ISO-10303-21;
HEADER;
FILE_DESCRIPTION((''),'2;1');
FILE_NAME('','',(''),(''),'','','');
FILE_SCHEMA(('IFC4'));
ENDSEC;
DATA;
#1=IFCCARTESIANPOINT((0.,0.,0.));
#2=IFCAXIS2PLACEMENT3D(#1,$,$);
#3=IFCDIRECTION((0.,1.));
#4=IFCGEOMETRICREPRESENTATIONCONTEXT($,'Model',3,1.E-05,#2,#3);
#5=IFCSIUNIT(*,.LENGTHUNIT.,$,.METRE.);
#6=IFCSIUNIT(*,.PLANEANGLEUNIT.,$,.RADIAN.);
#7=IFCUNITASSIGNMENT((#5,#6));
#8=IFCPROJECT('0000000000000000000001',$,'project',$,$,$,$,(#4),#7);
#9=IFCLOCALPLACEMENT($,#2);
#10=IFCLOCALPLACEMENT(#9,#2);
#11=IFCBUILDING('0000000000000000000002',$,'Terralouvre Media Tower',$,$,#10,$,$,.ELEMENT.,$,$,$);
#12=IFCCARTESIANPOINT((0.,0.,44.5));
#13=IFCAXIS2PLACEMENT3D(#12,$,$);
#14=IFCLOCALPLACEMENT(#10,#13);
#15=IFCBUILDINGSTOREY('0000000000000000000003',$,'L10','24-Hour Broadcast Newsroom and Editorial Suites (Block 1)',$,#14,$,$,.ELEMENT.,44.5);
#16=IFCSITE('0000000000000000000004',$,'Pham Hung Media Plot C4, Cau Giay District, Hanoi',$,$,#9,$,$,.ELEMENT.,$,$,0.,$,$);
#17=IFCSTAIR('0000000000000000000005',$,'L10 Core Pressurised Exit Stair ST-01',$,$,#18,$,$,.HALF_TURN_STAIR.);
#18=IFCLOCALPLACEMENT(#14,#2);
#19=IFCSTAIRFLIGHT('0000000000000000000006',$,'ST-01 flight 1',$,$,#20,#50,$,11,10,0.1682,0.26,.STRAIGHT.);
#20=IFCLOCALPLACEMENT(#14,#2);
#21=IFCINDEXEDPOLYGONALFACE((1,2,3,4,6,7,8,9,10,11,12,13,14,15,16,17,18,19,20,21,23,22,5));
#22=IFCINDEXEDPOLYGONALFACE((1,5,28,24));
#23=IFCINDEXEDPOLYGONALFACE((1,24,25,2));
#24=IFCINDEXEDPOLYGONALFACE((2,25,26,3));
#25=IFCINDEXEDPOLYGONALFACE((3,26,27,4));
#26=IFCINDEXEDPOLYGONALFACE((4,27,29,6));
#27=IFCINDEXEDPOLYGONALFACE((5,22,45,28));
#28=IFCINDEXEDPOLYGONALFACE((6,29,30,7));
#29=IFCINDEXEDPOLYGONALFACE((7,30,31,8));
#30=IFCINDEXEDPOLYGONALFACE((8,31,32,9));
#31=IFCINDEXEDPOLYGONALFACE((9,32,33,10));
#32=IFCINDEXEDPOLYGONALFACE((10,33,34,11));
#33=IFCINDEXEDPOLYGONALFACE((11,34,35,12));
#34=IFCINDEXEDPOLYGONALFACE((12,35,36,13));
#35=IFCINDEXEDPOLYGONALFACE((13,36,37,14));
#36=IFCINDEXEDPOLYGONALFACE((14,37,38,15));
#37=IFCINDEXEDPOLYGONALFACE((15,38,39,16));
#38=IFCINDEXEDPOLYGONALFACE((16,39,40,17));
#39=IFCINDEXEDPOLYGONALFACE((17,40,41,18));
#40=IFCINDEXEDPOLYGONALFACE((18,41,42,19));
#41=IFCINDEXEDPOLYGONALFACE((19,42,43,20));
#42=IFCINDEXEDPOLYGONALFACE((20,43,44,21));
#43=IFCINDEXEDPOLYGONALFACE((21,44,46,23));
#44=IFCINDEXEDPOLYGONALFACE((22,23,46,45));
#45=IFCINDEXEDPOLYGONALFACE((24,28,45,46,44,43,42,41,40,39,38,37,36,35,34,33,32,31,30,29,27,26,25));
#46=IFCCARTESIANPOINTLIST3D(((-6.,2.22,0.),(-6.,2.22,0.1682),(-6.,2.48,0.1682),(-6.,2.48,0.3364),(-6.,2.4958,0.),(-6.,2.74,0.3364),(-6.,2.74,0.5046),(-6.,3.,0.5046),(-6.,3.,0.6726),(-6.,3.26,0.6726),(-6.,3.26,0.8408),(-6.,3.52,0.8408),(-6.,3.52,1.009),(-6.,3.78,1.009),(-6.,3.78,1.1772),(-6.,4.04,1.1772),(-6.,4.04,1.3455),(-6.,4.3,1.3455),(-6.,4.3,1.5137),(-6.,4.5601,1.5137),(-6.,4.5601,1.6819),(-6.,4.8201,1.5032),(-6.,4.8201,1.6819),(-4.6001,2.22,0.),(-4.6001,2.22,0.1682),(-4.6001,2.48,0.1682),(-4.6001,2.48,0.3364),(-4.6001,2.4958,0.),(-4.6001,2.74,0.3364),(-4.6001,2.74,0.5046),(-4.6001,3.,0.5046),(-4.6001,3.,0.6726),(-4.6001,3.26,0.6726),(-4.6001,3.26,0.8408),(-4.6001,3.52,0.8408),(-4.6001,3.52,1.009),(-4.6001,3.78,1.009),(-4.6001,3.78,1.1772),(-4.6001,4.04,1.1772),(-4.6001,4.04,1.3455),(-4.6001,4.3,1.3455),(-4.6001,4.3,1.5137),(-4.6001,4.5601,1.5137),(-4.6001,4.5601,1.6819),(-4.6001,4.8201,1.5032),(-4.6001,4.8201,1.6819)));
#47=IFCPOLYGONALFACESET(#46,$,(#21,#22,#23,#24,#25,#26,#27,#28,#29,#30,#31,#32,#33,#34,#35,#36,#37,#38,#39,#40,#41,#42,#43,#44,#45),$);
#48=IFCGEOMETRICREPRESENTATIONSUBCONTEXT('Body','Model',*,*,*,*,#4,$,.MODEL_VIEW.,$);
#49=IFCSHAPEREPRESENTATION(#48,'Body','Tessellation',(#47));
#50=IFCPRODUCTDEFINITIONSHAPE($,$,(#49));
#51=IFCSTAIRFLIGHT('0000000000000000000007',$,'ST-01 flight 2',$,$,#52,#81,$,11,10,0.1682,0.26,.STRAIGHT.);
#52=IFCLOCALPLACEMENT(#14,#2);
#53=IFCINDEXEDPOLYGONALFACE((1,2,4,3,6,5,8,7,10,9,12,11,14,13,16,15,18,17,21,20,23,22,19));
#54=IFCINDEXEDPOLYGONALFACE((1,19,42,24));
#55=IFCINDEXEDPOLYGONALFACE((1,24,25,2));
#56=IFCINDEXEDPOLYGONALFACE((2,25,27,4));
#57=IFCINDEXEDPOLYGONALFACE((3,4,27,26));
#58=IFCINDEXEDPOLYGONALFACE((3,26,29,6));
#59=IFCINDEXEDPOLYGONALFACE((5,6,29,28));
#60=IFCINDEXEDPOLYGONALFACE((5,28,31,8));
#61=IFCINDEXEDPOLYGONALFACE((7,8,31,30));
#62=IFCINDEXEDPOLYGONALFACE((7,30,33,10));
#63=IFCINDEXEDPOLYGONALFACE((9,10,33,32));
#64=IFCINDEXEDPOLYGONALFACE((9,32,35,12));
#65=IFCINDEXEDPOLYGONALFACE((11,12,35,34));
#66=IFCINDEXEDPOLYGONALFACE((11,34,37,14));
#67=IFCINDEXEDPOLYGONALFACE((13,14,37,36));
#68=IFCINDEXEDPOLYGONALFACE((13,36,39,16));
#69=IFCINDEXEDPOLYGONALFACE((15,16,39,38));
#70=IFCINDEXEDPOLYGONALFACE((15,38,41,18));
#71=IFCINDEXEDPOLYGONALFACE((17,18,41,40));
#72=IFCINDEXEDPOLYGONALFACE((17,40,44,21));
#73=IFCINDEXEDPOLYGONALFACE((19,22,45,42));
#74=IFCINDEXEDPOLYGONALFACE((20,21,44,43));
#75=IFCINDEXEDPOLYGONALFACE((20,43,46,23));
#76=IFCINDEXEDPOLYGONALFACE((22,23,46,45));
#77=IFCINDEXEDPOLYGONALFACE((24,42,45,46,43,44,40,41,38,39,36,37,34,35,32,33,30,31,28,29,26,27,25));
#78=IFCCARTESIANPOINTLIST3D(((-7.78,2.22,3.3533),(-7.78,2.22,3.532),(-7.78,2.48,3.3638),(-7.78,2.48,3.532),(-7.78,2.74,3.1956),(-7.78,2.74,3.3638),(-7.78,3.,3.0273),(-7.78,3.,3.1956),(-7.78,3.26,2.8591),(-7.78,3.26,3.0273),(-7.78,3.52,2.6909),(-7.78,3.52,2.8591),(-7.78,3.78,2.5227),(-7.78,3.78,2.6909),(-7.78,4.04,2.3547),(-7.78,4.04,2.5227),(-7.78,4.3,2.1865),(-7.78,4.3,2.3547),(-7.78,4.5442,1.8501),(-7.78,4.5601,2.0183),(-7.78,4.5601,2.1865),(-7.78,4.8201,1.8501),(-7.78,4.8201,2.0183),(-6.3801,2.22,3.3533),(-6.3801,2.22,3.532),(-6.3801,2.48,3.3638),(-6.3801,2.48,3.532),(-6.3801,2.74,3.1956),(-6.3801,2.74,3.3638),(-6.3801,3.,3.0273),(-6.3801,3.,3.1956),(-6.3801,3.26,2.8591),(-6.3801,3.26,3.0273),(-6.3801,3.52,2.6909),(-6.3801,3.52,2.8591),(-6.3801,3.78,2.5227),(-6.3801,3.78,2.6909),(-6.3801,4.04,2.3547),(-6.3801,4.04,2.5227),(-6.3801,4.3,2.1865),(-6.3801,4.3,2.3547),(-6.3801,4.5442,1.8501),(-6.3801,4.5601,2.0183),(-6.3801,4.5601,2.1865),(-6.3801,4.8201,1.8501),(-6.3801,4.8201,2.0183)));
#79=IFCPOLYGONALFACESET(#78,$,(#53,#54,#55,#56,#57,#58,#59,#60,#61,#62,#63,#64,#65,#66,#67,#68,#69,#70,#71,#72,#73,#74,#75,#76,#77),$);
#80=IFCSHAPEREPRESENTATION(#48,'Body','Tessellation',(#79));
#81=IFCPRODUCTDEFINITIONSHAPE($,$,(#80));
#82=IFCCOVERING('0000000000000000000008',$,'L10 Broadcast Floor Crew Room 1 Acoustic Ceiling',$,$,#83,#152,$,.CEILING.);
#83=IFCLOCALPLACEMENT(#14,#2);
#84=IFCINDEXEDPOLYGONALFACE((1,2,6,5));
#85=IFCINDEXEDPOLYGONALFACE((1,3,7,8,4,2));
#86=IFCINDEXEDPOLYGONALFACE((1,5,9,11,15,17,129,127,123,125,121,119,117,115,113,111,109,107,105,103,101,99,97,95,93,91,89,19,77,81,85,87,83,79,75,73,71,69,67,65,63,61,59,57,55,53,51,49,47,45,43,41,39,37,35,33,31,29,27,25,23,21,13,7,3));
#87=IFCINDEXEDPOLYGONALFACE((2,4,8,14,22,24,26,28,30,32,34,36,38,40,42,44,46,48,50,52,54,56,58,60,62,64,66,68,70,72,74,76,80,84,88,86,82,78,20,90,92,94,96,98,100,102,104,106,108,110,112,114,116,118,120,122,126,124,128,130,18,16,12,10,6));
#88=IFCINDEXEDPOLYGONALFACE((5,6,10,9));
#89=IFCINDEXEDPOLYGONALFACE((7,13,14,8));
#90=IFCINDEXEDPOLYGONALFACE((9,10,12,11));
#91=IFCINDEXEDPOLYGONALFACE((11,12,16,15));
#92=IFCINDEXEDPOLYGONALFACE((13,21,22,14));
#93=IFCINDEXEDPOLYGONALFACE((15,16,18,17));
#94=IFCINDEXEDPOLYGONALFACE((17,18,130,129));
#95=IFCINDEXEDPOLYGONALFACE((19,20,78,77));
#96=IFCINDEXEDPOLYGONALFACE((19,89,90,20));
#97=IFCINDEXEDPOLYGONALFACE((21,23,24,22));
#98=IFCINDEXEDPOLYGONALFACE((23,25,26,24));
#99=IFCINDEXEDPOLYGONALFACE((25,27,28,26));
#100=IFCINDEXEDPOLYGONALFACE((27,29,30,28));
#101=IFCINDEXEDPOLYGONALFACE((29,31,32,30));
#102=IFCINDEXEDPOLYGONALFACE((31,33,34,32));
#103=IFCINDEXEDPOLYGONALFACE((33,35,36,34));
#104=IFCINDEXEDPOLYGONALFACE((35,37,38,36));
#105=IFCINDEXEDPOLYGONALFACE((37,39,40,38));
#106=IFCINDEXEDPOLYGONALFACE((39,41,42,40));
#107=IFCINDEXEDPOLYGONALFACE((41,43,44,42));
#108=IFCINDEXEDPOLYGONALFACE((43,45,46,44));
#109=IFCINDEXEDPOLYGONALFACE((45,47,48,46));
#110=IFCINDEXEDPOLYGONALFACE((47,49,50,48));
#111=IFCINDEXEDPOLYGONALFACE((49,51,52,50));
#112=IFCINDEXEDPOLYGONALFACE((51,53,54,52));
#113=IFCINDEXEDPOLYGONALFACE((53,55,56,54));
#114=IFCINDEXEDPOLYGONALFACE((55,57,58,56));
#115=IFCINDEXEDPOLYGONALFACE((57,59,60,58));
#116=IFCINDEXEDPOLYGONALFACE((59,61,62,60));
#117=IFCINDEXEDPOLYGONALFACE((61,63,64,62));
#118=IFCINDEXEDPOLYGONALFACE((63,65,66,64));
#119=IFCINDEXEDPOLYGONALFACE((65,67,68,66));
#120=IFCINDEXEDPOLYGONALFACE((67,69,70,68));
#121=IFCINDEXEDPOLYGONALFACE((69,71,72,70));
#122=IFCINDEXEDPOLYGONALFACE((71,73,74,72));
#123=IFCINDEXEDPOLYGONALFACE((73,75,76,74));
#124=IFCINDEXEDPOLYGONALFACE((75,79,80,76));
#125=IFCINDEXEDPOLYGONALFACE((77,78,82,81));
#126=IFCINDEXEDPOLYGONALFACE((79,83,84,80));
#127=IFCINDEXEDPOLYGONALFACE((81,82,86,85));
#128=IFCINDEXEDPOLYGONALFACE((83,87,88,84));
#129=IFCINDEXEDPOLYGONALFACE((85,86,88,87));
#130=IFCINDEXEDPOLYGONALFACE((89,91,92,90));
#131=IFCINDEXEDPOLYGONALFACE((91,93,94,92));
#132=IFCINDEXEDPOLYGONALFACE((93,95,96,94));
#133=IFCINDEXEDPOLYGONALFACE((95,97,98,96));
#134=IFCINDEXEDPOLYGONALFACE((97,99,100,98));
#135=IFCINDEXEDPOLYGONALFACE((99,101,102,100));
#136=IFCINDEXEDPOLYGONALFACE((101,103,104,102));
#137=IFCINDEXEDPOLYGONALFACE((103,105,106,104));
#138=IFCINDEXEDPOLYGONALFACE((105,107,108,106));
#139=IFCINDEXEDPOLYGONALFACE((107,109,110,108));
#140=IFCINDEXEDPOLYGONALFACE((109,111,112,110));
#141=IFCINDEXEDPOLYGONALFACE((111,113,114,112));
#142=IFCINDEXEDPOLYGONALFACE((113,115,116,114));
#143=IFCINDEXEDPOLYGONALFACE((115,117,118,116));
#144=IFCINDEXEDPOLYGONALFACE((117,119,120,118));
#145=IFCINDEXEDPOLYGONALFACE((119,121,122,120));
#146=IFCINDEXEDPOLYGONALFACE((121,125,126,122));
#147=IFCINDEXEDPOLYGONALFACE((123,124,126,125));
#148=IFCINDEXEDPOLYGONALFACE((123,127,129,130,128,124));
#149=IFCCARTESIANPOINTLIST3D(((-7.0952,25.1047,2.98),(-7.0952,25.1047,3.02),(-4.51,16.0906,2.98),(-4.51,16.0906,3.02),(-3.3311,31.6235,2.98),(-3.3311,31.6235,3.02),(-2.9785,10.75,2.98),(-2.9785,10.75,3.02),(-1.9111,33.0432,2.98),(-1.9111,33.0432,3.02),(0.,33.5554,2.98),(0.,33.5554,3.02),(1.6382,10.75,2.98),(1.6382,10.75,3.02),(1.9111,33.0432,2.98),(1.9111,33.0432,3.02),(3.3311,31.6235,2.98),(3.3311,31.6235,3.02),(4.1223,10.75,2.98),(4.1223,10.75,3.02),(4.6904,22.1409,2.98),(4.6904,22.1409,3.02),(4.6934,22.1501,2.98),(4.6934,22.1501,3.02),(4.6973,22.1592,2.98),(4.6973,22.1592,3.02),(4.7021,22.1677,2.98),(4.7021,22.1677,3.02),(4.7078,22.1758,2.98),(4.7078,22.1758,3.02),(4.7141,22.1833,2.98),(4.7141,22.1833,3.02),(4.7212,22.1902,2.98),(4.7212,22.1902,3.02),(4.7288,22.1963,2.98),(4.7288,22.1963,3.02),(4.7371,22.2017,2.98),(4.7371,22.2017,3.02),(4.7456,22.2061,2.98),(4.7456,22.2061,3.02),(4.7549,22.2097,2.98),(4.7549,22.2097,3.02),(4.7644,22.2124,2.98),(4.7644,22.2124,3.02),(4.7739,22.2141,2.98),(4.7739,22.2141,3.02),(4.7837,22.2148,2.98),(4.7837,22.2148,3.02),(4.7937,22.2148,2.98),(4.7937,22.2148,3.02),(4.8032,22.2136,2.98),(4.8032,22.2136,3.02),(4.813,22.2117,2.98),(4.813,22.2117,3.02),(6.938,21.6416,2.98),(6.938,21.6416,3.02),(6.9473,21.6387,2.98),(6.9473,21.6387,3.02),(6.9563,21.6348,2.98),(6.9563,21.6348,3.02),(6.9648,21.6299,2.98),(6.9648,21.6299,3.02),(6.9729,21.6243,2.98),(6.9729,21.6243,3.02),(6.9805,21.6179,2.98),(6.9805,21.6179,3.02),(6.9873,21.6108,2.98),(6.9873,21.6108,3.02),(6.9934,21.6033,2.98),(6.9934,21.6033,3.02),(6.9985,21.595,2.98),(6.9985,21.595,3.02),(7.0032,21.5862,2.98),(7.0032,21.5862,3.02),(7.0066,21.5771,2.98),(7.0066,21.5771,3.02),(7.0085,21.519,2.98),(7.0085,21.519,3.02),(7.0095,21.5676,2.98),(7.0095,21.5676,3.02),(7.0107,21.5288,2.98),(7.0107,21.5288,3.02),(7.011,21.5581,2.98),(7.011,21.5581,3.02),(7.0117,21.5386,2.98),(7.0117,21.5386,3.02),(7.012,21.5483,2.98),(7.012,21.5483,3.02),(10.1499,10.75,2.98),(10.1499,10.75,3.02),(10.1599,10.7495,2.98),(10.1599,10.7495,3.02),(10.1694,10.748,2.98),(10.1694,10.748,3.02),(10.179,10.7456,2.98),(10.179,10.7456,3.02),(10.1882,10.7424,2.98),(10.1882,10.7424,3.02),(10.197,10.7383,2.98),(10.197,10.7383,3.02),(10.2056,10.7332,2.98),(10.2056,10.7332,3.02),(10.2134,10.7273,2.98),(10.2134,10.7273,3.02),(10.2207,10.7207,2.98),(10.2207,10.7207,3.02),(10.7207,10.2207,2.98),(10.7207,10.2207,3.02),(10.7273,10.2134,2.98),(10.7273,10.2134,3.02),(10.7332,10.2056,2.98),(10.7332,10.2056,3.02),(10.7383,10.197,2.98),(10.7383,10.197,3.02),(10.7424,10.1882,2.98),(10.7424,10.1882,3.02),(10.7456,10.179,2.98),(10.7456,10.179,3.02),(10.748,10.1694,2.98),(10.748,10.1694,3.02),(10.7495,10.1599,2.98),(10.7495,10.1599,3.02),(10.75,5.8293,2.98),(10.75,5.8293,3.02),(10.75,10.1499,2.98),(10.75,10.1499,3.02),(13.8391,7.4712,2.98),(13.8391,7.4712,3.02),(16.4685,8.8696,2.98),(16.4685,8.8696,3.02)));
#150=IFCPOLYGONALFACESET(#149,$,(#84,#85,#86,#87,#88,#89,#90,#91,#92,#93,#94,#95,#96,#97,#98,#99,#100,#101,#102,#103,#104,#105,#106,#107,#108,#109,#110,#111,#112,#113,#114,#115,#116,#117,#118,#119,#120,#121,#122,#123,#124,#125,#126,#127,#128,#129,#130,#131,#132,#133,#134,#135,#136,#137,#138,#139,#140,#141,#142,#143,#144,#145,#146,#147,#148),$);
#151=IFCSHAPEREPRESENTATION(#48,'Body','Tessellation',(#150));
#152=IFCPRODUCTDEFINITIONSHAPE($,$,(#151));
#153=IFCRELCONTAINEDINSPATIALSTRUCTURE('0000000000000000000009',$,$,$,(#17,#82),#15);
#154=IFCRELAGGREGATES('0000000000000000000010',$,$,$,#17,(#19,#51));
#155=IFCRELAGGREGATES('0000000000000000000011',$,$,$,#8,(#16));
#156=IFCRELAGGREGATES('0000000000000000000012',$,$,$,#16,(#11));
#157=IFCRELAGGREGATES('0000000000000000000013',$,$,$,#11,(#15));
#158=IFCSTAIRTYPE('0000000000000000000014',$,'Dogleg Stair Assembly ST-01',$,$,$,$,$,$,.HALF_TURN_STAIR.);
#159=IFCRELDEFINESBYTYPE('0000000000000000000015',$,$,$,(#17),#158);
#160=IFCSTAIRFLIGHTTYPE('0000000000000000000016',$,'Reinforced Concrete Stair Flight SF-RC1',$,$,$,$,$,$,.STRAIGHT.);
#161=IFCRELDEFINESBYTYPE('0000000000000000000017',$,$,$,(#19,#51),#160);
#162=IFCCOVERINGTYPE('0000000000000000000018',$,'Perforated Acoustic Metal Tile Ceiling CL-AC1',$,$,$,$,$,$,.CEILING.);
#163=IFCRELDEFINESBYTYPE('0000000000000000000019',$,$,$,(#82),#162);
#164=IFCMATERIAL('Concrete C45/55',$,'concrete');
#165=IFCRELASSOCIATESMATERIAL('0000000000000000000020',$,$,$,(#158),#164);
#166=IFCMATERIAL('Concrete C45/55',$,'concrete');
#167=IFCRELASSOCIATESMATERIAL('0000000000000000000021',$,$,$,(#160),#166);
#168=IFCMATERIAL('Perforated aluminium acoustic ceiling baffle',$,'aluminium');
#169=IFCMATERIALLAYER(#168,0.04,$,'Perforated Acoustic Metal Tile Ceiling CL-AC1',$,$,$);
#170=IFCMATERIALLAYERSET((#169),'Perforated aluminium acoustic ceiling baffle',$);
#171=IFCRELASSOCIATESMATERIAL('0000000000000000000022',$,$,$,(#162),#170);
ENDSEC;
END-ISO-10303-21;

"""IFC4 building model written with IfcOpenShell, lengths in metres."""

from ifc_helpers import new_model, si_unit, direction, frame, origin, place, context, subcontext, project, spatial, polyline, outline, extrude, material, layer, layer_set, type_object, element, aggregate, save


model = new_model("IFC4")

# Units and contexts
model_context = context("Model", 3, precision=1e-05, world=origin(), true_north=direction((0.0, 1.0)))
body_context = subcontext(model_context, "Body", "Model", "MODEL_VIEW")
ifc_project = project(units=[si_unit("LENGTHUNIT", "METRE"), si_unit("PLANEANGLEUNIT", "RADIAN")], contexts=[model_context])

# Site, building, storey
site_placement = place(None, origin())
site = spatial("IfcSite", under=ifc_project, at=site_placement, Name="Pham Hung Media Plot C4, Cau Giay District, Hanoi", CompositionType="ELEMENT", RefElevation=0.0)
building_placement = place(site_placement, origin())
building = spatial("IfcBuilding", under=site, at=building_placement, Name="Terralouvre Media Tower", CompositionType="ELEMENT")
storey_placement = place(building_placement, frame((0.0, 0.0, 44.5)))
storey = spatial("IfcBuildingStorey", under=building, at=storey_placement, Name="L10", Description="24-Hour Broadcast Newsroom and Editorial Suites (Block 1)", CompositionType="ELEMENT", Elevation=44.5)

# Stair, stair flights
ifc_material_1 = material(Name="Concrete C45/55", Category="concrete")
stair_type = type_object("IfcStairType", Name="Dogleg Stair Assembly ST-01", PredefinedType="HALF_TURN_STAIR", material=ifc_material_1)
stair_placement = place(storey_placement, origin())
stair = element("IfcStair", 1, at=stair_placement, inside=storey, type_object=stair_type, Name="L10 Core Pressurised Exit Stair ST-01", PredefinedType="HALF_TURN_STAIR")
ifc_material_2 = material(Name="Concrete C45/55", Category="concrete")
stair_flight_type = type_object("IfcStairFlightType", Name="Reinforced Concrete Stair Flight SF-RC1", PredefinedType="STRAIGHT", material=ifc_material_2)
stair_flight_1_placement = place(storey_placement, frame((-5.3, 2.22, 0.0), z_axis=(0.0, 0.0, 1.0), x_axis=(0.0, 1.0, 0.0)))
stair_flight_1 = element("IfcStairFlight", 2, at=stair_flight_1_placement, type_object=stair_flight_type, Name="ST-01 flight 1", NumberOfRisers=11, NumberOfTreads=10, PredefinedType="STRAIGHT", RiserHeight=0.1682, TreadLength=0.26, context=body_context, shape_type="SweptSolid", body=[
    extrude(outline(polyline([(0.0, 0.0), (0.0, 0.1682), (0.26, 0.1682), (0.26, 0.3364), (0.52, 0.3364), (0.52, 0.5046), (0.78, 0.5046), (0.78, 0.6726), (1.04, 0.6726), (1.04, 0.8408), (1.3, 0.8408), (1.3, 1.009), (1.5601, 1.009), (1.5601, 1.1772), (1.8201, 1.1772), (1.8201, 1.3455), (2.0801, 1.3455), (2.0801, 1.5137), (2.3401, 1.5137), (2.3401, 1.6819), (2.6001, 1.6819), (2.6001, 1.8501), (2.6001, 1.5032), (0.2759, 0.0), (0.0, 0.0)])), frame((0.0, 0.7, 0.0), z_axis=(0.0, -1.0, 0.0), x_axis=(1.0, 0.0, 0.0)), (0.0, 0.0, 1.0), 1.3999),
])
stair_flight_2_placement = place(storey_placement, frame((-7.0801, 4.8201, 1.8501), z_axis=(0.0, 0.0, 1.0), x_axis=(0.0, -1.0, 0.0)))
stair_flight_2 = element("IfcStairFlight", 3, at=stair_flight_2_placement, type_object=stair_flight_type, Name="ST-01 flight 2", NumberOfRisers=11, NumberOfTreads=10, PredefinedType="STRAIGHT", RiserHeight=0.1682, TreadLength=0.26, context=body_context, shape_type="SweptSolid", body=[
    extrude(outline(polyline([(0.0, 0.0), (0.0, 0.1682), (0.26, 0.1682), (0.26, 0.3364), (0.52, 0.3364), (0.52, 0.5046), (0.78, 0.5046), (0.78, 0.6726), (1.04, 0.6726), (1.04, 0.8408), (1.3, 0.8408), (1.3, 1.009), (1.5601, 1.009), (1.5601, 1.1772), (1.8201, 1.1772), (1.8201, 1.3455), (2.0801, 1.3455), (2.0801, 1.5137), (2.3401, 1.5137), (2.3401, 1.6819), (2.6001, 1.6819), (2.6001, 1.8501), (2.6001, 1.5032), (0.2759, 0.0), (0.0, 0.0)])), frame((0.0, 0.7, 0.0), z_axis=(0.0, -1.0, 0.0), x_axis=(1.0, 0.0, 0.0)), (0.0, 0.0, 1.0), 1.3999),
])
aggregate(stair, [stair_flight_1, stair_flight_2])

# Covering
ifc_material_3 = material(Name="Perforated aluminium acoustic ceiling baffle", Category="aluminium")
ifc_layer_1 = layer(ifc_material_3, 0.04, Name="Perforated Acoustic Metal Tile Ceiling CL-AC1")
ifc_layer_set_1 = layer_set([ifc_layer_1], Name="Perforated aluminium acoustic ceiling baffle")
covering_type = type_object("IfcCoveringType", Name="Perforated Acoustic Metal Tile Ceiling CL-AC1", PredefinedType="CEILING", material=ifc_layer_set_1)
covering_placement = place(storey_placement, frame((0.0, 0.0, 2.98)))
element("IfcCovering", 4, at=covering_placement, inside=storey, type_object=covering_type, Name="L10 Broadcast Floor Crew Room 1 Acoustic Ceiling", PredefinedType="CEILING", context=body_context, shape_type="SweptSolid", body=[
    extrude(outline(polyline([(-2.9785, 10.75), (1.6382, 10.75), (4.6904, 22.1409), (4.6934, 22.1501), (4.6973, 22.1592), (4.7021, 22.1677), (4.7078, 22.1758), (4.7141, 22.1833), (4.7212, 22.1902), (4.7288, 22.1963), (4.7371, 22.2017), (4.7456, 22.2061), (4.7549, 22.2097), (4.7644, 22.2124), (4.7739, 22.2141), (4.7837, 22.2148), (4.7937, 22.2148), (4.8032, 22.2136), (4.813, 22.2117), (6.938, 21.6416), (6.9473, 21.6387), (6.9563, 21.6348), (6.9648, 21.6299), (6.9729, 21.6243), (6.9805, 21.6179), (6.9873, 21.6108), (6.9934, 21.6033), (6.9985, 21.595), (7.0032, 21.5862), (7.0066, 21.5771), (7.0095, 21.5676), (7.011, 21.5581), (7.012, 21.5483), (7.0117, 21.5386), (7.0107, 21.5288), (7.0085, 21.519), (4.1223, 10.75), (10.1499, 10.75), (10.1599, 10.7495), (10.1694, 10.748), (10.179, 10.7456), (10.1882, 10.7424), (10.197, 10.7383), (10.2056, 10.7332), (10.2134, 10.7273), (10.2207, 10.7207), (10.7207, 10.2207), (10.7273, 10.2134), (10.7332, 10.2056), (10.7383, 10.197), (10.7424, 10.1882), (10.7456, 10.179), (10.748, 10.1694), (10.7495, 10.1599), (10.75, 10.1499), (10.75, 5.8293), (13.8391, 7.4712), (16.4685, 8.8696), (3.3311, 31.6235), (1.9111, 33.0432), (0.0, 33.5554), (-1.9111, 33.0432), (-3.3311, 31.6235), (-7.0952, 25.1047), (-4.51, 16.0906), (-2.9785, 10.75)])), origin(), (0.0, 0.0, 1.0), 0.04),
])

save(model, "model.ifc")
